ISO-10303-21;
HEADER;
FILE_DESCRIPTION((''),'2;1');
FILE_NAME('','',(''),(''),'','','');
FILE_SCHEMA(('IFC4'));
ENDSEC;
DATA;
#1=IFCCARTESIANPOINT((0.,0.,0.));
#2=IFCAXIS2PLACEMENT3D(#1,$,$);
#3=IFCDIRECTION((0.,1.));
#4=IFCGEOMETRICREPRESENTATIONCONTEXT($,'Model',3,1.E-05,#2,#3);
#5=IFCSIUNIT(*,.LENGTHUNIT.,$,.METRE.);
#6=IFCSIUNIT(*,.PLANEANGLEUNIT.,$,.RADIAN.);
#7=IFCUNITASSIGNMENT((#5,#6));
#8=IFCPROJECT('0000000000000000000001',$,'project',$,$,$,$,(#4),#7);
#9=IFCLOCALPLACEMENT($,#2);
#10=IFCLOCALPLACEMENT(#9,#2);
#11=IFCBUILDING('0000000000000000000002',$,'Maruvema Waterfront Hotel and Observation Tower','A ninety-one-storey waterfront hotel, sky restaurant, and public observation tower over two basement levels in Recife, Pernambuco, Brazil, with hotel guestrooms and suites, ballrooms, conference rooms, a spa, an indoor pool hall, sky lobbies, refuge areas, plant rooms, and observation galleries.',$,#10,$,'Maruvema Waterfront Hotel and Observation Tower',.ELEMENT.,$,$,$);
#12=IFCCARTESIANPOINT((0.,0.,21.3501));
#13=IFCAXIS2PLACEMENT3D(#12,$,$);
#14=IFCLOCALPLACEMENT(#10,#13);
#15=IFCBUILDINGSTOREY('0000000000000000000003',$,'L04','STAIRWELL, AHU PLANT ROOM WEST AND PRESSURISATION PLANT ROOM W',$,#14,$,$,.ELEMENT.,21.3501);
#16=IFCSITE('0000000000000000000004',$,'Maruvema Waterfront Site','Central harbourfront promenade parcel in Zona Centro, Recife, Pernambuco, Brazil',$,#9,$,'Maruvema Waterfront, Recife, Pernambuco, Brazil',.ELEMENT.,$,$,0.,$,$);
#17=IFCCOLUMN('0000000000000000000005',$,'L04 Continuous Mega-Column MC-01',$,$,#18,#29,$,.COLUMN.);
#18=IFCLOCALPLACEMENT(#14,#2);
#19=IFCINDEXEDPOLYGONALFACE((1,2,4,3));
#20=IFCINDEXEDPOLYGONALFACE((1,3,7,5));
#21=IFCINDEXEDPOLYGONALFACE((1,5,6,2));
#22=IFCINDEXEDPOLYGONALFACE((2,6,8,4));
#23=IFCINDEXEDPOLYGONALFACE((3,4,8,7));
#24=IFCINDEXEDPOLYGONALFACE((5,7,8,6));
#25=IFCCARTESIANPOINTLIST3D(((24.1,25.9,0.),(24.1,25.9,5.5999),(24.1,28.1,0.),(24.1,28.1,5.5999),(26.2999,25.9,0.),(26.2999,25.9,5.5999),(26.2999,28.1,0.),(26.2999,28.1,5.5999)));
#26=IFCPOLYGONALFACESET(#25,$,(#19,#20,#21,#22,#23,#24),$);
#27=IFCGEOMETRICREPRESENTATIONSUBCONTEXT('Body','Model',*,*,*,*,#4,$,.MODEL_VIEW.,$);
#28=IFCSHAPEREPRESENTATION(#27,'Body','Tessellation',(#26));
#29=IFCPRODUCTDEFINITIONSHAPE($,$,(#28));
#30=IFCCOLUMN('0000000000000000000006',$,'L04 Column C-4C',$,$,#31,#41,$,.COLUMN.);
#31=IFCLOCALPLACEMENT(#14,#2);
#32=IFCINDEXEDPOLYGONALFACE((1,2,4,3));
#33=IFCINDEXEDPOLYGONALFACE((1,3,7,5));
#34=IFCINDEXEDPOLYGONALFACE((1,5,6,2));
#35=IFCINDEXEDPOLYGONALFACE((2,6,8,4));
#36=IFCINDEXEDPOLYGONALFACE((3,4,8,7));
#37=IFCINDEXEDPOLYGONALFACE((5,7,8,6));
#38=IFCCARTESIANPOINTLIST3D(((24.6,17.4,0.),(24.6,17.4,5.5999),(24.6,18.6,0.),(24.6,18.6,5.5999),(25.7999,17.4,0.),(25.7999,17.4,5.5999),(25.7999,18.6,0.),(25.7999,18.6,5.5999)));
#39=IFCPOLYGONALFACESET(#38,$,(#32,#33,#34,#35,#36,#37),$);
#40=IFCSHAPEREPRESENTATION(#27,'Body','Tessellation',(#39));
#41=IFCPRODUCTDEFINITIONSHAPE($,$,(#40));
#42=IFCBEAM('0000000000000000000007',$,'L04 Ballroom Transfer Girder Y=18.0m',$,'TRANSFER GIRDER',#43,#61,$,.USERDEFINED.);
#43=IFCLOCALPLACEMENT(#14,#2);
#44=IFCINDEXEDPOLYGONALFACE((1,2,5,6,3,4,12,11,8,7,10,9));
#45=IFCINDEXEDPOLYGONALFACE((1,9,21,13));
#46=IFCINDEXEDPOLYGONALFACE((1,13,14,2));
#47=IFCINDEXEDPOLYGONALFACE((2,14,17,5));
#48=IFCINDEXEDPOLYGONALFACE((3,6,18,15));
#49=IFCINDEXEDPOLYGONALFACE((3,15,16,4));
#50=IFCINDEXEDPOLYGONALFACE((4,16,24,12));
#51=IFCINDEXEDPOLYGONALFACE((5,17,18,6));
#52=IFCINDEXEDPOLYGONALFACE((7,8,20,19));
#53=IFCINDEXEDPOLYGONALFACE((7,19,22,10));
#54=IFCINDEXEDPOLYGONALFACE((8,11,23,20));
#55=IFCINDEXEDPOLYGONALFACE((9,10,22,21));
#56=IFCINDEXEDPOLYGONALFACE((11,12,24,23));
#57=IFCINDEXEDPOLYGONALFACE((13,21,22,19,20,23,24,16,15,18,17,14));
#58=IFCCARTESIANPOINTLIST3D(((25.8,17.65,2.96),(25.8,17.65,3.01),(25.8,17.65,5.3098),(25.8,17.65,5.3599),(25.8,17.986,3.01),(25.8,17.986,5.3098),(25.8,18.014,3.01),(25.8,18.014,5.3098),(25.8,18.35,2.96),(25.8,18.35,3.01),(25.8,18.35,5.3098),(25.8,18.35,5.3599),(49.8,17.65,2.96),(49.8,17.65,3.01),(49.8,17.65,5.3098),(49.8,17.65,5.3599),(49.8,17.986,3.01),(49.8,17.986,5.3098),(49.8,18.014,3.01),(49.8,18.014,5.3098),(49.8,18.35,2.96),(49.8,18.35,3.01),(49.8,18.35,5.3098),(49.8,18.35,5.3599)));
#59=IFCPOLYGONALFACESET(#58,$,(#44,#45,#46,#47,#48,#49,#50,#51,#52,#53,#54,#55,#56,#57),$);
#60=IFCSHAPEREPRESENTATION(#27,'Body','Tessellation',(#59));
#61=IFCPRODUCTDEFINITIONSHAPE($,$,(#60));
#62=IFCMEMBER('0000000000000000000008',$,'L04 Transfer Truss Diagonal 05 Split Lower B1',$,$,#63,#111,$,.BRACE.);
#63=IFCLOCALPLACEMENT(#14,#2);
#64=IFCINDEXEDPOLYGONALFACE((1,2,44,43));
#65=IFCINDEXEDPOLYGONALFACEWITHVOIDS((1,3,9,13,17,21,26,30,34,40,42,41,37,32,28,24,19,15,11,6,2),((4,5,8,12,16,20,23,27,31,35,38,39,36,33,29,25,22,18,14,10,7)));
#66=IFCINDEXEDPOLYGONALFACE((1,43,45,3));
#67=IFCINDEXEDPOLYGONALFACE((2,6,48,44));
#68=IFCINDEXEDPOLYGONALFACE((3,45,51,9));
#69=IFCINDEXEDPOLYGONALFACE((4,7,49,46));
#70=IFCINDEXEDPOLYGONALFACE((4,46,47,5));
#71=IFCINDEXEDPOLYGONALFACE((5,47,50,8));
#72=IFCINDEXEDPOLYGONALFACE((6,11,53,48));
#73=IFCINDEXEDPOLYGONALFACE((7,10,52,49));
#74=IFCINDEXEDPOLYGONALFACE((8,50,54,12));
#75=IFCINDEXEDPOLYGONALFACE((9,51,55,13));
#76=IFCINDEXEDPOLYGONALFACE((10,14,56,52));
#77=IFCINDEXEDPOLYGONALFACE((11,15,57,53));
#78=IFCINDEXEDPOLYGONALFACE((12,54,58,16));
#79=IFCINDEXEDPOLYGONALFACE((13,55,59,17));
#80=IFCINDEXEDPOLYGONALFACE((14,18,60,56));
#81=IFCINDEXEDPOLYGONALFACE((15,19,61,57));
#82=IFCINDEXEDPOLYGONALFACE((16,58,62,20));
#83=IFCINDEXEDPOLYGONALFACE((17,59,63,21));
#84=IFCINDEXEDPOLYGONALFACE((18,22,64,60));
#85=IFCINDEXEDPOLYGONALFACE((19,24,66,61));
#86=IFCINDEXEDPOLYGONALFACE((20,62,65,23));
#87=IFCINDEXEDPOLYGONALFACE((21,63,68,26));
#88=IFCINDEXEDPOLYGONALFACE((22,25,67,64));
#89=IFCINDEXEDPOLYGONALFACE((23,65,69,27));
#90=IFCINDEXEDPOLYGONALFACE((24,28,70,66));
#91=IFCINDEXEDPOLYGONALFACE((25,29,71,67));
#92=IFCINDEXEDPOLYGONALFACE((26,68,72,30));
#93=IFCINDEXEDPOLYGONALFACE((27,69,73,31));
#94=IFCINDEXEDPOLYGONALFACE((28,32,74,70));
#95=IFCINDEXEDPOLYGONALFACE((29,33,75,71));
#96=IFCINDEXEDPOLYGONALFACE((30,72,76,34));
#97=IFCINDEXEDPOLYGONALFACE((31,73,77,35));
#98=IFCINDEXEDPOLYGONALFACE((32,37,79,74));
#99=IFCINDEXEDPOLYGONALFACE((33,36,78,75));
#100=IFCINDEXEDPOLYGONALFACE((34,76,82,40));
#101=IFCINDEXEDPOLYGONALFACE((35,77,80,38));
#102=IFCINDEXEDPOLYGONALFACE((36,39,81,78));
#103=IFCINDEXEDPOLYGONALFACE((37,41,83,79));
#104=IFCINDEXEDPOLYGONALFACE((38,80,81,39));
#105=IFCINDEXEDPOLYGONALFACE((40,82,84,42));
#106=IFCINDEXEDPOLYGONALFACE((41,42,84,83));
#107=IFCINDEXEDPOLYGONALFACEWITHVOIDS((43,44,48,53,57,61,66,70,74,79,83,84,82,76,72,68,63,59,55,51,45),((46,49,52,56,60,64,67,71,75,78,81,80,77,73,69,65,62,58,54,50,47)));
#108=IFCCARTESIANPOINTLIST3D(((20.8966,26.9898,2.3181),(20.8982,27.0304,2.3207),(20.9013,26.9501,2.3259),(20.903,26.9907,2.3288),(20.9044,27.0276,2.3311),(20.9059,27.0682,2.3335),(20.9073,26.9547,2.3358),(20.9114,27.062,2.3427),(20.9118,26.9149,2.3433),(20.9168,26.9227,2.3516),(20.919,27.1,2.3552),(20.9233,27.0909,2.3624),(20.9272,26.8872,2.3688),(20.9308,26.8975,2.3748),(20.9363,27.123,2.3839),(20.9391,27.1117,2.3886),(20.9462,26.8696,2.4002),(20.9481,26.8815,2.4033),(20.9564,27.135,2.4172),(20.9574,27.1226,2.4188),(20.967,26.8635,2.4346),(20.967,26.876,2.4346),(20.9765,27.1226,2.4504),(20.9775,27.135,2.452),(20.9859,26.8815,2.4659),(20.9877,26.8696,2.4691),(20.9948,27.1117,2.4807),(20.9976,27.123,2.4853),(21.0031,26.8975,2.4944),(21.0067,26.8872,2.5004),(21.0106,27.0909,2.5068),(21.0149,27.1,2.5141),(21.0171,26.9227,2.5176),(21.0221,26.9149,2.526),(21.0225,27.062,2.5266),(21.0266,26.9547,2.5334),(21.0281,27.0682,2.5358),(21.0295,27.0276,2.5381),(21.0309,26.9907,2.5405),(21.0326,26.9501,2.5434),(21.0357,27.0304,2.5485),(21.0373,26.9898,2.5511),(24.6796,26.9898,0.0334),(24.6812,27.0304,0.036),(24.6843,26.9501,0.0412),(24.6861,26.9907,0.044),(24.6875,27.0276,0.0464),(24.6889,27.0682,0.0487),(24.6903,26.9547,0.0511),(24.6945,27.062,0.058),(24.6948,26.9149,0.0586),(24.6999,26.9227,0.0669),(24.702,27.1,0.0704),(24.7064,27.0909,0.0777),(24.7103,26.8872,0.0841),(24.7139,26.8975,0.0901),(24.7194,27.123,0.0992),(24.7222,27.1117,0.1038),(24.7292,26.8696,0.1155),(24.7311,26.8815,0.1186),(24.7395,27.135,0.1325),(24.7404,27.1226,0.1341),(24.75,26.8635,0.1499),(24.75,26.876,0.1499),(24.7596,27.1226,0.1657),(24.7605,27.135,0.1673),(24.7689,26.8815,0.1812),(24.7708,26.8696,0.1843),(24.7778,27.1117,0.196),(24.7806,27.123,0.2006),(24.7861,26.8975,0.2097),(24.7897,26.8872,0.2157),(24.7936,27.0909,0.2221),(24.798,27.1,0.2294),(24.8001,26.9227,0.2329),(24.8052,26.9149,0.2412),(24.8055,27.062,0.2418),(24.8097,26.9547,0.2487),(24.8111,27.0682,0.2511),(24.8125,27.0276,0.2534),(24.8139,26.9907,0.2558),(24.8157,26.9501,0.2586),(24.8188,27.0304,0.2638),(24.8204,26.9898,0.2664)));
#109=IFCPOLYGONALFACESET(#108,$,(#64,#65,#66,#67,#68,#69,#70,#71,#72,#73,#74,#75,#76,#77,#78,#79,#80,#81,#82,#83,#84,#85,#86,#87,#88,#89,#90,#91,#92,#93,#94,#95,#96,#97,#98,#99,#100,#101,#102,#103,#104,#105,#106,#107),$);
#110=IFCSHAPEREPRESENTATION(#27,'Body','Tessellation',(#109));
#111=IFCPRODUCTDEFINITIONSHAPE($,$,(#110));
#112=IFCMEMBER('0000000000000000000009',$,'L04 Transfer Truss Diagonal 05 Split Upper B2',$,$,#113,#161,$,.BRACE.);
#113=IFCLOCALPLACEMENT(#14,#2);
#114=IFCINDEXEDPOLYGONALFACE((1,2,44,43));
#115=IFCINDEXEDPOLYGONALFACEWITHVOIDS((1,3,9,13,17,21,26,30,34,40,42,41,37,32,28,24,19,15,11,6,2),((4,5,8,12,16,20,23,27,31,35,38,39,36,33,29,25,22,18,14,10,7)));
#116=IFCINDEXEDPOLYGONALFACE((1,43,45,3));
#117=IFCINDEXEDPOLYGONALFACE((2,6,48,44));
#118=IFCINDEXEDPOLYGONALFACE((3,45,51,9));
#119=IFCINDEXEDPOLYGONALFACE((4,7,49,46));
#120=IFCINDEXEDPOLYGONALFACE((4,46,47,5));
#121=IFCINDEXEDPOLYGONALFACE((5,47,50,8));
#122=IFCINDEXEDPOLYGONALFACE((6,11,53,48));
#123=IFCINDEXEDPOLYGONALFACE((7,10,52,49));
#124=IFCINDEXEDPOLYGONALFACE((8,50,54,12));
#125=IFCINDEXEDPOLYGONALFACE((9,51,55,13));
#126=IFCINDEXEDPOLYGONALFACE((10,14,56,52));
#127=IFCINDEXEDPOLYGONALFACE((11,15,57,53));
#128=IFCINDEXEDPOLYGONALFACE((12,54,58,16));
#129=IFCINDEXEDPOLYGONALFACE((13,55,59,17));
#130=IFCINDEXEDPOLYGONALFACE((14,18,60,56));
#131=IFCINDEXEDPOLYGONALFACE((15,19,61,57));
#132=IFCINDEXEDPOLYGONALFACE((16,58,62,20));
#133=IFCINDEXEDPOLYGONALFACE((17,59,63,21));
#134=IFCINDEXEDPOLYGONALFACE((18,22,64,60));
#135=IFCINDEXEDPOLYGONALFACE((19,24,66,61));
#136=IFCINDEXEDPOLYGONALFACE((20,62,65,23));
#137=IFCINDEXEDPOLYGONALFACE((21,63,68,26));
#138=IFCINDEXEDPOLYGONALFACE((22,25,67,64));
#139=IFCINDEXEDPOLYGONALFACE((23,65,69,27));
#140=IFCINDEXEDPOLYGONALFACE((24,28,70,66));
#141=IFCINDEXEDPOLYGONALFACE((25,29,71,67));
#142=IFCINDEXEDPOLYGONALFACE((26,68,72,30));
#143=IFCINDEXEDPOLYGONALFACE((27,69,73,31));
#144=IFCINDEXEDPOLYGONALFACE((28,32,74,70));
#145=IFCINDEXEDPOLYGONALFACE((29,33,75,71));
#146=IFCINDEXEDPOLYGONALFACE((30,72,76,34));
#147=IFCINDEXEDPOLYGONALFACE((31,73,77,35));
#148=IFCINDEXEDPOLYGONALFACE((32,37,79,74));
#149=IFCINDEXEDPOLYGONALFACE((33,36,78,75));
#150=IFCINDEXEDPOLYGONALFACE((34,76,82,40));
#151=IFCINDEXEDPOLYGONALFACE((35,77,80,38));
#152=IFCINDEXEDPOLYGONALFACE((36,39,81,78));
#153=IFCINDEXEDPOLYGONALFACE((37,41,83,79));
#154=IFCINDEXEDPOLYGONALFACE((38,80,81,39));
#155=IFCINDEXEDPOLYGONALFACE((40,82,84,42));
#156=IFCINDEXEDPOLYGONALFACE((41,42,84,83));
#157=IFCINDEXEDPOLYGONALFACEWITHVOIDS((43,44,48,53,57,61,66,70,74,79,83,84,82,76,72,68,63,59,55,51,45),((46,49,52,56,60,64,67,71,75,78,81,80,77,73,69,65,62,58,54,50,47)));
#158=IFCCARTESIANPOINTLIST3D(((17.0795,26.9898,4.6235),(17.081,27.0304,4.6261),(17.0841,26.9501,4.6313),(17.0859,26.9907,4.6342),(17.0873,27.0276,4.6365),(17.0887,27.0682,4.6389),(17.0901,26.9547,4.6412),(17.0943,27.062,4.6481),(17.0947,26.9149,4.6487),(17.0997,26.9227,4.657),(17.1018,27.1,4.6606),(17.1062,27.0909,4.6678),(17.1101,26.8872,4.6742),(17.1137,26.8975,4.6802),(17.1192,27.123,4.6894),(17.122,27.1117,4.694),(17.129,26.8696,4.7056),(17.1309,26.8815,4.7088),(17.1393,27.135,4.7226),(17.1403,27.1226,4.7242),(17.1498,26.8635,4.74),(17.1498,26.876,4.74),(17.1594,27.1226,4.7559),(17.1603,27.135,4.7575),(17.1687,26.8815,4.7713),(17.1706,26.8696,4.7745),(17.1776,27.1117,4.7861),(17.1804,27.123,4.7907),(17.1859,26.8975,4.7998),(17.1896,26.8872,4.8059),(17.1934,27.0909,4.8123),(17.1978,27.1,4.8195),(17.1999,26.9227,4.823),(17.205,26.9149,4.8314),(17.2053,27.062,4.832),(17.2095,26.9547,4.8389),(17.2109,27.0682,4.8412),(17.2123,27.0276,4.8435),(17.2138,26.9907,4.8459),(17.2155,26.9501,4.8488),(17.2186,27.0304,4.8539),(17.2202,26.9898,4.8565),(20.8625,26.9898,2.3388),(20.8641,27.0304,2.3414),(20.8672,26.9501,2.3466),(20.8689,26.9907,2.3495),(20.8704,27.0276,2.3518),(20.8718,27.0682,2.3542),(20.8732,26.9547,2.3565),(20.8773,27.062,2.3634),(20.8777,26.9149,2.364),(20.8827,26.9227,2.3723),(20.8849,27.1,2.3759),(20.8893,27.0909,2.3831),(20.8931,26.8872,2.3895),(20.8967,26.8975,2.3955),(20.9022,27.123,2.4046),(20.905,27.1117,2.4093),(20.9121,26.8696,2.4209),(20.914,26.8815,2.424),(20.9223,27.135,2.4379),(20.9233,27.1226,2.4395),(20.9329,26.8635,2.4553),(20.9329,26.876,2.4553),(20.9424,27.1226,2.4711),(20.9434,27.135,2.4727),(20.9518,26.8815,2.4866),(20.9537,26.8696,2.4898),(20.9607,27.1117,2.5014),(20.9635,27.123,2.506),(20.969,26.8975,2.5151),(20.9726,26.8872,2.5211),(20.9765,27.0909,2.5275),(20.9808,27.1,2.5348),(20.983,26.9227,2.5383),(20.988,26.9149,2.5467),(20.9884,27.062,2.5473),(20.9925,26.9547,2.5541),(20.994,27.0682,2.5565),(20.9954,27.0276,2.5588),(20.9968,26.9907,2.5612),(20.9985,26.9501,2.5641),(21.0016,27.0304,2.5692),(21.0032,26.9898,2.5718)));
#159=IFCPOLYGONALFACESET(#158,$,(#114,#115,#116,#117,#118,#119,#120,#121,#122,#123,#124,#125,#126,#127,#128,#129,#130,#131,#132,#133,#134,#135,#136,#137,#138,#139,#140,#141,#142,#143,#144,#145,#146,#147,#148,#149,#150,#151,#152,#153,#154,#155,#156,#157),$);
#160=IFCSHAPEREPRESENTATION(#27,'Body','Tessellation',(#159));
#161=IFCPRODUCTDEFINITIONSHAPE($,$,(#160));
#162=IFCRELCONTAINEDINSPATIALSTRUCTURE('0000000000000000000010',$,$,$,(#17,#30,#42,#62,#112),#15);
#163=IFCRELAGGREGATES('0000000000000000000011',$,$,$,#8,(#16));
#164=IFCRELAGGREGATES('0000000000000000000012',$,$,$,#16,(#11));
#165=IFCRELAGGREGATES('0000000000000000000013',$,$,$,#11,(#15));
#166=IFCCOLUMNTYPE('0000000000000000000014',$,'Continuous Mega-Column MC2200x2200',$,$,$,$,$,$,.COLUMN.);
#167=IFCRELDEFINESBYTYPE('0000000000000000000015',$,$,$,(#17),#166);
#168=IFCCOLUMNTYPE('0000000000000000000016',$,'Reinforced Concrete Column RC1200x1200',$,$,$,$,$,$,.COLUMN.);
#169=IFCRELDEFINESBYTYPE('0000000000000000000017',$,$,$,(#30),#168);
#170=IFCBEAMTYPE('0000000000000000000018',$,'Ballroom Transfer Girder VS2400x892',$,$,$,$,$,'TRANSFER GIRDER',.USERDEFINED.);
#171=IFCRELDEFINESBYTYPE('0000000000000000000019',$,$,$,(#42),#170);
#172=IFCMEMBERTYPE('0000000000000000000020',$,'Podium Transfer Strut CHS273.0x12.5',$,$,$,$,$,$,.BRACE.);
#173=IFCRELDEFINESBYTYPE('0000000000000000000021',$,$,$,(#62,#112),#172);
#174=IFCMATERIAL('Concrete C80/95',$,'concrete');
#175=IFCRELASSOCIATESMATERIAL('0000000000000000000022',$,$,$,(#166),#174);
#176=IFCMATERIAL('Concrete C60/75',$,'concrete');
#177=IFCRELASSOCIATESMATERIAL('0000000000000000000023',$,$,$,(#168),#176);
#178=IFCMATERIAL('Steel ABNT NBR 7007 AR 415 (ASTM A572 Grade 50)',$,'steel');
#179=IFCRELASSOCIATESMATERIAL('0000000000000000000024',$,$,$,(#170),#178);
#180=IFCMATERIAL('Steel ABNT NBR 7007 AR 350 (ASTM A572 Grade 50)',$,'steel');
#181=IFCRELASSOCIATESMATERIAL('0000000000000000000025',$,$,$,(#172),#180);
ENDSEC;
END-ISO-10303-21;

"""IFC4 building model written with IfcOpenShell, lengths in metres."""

from ifc_helpers import new_model, si_unit, direction, frame, origin, origin_2d, place, context, subcontext, project, spatial, rectangle, hollow_circle, i_section, extrude, material, material_profile, profile_set, type_object, element, save


model = new_model("IFC4")

# Units and contexts
model_context = context("Model", 3, precision=1e-05, world=origin(), true_north=direction((0.0, 1.0)))
body_context = subcontext(model_context, "Body", "Model", "MODEL_VIEW")
ifc_project = project(units=[si_unit("LENGTHUNIT", "METRE"), si_unit("PLANEANGLEUNIT", "RADIAN")], contexts=[model_context])

# Site, building, storey
site_placement = place(None, origin())
site = spatial("IfcSite", under=ifc_project, at=site_placement, Name="Maruvema Waterfront Site", Description="Central harbourfront promenade parcel in Zona Centro, Recife, Pernambuco, Brazil", LongName="Maruvema Waterfront, Recife, Pernambuco, Brazil", CompositionType="ELEMENT", RefElevation=0.0)
building_placement = place(site_placement, origin())
building = spatial("IfcBuilding", under=site, at=building_placement, Name="Maruvema Waterfront Hotel and Observation Tower", Description="A ninety-one-storey waterfront hotel, sky restaurant, and public observation tower over two basement levels in Recife, Pernambuco, Brazil, with hotel guestrooms and suites, ballrooms, conference rooms, a spa, an indoor pool hall, sky lobbies, refuge areas, plant rooms, and observation galleries.", LongName="Maruvema Waterfront Hotel and Observation Tower", CompositionType="ELEMENT")
storey_placement = place(building_placement, frame((0.0, 0.0, 21.3501)))
storey = spatial("IfcBuildingStorey", under=building, at=storey_placement, Name="L04", Description="STAIRWELL, AHU PLANT ROOM WEST AND PRESSURISATION PLANT ROOM W", CompositionType="ELEMENT", Elevation=21.3501)

# Columns
ifc_material_1 = material(Name="Concrete C80/95", Category="concrete")
ifc_material_profile_1 = material_profile(ifc_material_1, rectangle(XDim=2.2, YDim=2.2, at=origin_2d()), Name="MC2200x2200")
ifc_profile_set_1 = profile_set([ifc_material_profile_1], Name="Concrete C80/95")
column_type_1 = type_object("IfcColumnType", Name="Continuous Mega-Column MC2200x2200", PredefinedType="COLUMN", material=ifc_profile_set_1)
column_1_placement = place(storey_placement, frame((25.2, 27.0, 0.0), z_axis=(0.0, 0.0, 1.0), x_axis=(1.0, 0.0, 0.0)))
element("IfcColumn", 1, at=column_1_placement, inside=storey, type_object=column_type_1, Name="L04 Continuous Mega-Column MC-01", PredefinedType="COLUMN", context=body_context, shape_type="SweptSolid", body=[
    extrude(rectangle(XDim=2.2, YDim=2.2, at=origin_2d()), origin(), (0.0, 0.0, 1.0), 5.5999),
])
ifc_material_2 = material(Name="Concrete C60/75", Category="concrete")
ifc_material_profile_2 = material_profile(ifc_material_2, rectangle(XDim=1.2, YDim=1.2, at=origin_2d()), Name="RC1200x1200")
ifc_profile_set_2 = profile_set([ifc_material_profile_2], Name="Concrete C60/75")
column_type_2 = type_object("IfcColumnType", Name="Reinforced Concrete Column RC1200x1200", PredefinedType="COLUMN", material=ifc_profile_set_2)
column_2_placement = place(storey_placement, frame((25.2, 18.0, 0.0), z_axis=(0.0, 0.0, 1.0), x_axis=(1.0, 0.0, 0.0)))
element("IfcColumn", 2, at=column_2_placement, inside=storey, type_object=column_type_2, Name="L04 Column C-4C", PredefinedType="COLUMN", context=body_context, shape_type="SweptSolid", body=[
    extrude(rectangle(XDim=1.2, YDim=1.2, at=origin_2d()), origin(), (0.0, 0.0, 1.0), 5.5999),
])

# Beam
ifc_material_3 = material(Name="Steel ABNT NBR 7007 AR 415 (ASTM A572 Grade 50)", Category="steel")
ifc_material_profile_3 = material_profile(ifc_material_3, i_section(OverallWidth=0.7, OverallDepth=2.3999, WebThickness=0.0281, FlangeThickness=0.05, at=origin_2d()), Name="VS2400x892")
ifc_profile_set_3 = profile_set([ifc_material_profile_3], Name="Steel ABNT NBR 7007 AR 415 (ASTM A572 Grade 50)")
beam_type_1 = type_object("IfcBeamType", Name="Ballroom Transfer Girder VS2400x892", ElementType="TRANSFER GIRDER", PredefinedType="USERDEFINED", material=ifc_profile_set_3)
beam_1_placement = place(storey_placement, frame((25.8, 18.0, 4.1599), z_axis=(1.0, 0.0, 0.0), x_axis=(0.0, 1.0, 0.0)))
element("IfcBeam", 3, at=beam_1_placement, inside=storey, type_object=beam_type_1, Name="L04 Ballroom Transfer Girder Y=18.0m", ObjectType="TRANSFER GIRDER", PredefinedType="USERDEFINED", context=body_context, shape_type="SweptSolid", body=[
    extrude(i_section(OverallWidth=0.7, OverallDepth=2.3999, WebThickness=0.0281, FlangeThickness=0.05, at=origin_2d()), origin(), (0.0, 0.0, 1.0), 24.0),
])

# Members
ifc_material_4 = material(Name="Steel ABNT NBR 7007 AR 350 (ASTM A572 Grade 50)", Category="steel")
ifc_material_profile_4 = material_profile(ifc_material_4, hollow_circle(Radius=0.1365, WallThickness=0.0125, at=origin_2d()), Name="CHS273.0x12.5")
ifc_profile_set_4 = profile_set([ifc_material_profile_4], Name="Steel ABNT NBR 7007 AR 350 (ASTM A572 Grade 50)")
member_type = type_object("IfcMemberType", Name="Podium Transfer Strut CHS273.0x12.5", PredefinedType="BRACE", material=ifc_profile_set_4)
for number, where, z_axis, x_axis, name in (
    (4, (24.75, 27.0, 0.1499), (-0.856003, 0.0, 0.516971), (0.0, -1.0, 0.0), "L04 Transfer Truss Diagonal 05 Split Lower B1"),
    (5, (20.9329, 27.0, 2.4553), (-0.856003, 0.0, 0.516971), (0.0, -1.0, 0.0), "L04 Transfer Truss Diagonal 05 Split Upper B2"),
):
    element("IfcMember", number, at=place(storey_placement, frame(where, z_axis=z_axis, x_axis=x_axis)), inside=storey, type_object=member_type, Name=name, PredefinedType="BRACE", context=body_context, shape_type="SweptSolid", body=[
        extrude(hollow_circle(Radius=0.1365, WallThickness=0.0125, at=origin_2d()), origin(), (0.0, 0.0, 1.0), 4.4194),
    ])

save(model, "model.ifc")
